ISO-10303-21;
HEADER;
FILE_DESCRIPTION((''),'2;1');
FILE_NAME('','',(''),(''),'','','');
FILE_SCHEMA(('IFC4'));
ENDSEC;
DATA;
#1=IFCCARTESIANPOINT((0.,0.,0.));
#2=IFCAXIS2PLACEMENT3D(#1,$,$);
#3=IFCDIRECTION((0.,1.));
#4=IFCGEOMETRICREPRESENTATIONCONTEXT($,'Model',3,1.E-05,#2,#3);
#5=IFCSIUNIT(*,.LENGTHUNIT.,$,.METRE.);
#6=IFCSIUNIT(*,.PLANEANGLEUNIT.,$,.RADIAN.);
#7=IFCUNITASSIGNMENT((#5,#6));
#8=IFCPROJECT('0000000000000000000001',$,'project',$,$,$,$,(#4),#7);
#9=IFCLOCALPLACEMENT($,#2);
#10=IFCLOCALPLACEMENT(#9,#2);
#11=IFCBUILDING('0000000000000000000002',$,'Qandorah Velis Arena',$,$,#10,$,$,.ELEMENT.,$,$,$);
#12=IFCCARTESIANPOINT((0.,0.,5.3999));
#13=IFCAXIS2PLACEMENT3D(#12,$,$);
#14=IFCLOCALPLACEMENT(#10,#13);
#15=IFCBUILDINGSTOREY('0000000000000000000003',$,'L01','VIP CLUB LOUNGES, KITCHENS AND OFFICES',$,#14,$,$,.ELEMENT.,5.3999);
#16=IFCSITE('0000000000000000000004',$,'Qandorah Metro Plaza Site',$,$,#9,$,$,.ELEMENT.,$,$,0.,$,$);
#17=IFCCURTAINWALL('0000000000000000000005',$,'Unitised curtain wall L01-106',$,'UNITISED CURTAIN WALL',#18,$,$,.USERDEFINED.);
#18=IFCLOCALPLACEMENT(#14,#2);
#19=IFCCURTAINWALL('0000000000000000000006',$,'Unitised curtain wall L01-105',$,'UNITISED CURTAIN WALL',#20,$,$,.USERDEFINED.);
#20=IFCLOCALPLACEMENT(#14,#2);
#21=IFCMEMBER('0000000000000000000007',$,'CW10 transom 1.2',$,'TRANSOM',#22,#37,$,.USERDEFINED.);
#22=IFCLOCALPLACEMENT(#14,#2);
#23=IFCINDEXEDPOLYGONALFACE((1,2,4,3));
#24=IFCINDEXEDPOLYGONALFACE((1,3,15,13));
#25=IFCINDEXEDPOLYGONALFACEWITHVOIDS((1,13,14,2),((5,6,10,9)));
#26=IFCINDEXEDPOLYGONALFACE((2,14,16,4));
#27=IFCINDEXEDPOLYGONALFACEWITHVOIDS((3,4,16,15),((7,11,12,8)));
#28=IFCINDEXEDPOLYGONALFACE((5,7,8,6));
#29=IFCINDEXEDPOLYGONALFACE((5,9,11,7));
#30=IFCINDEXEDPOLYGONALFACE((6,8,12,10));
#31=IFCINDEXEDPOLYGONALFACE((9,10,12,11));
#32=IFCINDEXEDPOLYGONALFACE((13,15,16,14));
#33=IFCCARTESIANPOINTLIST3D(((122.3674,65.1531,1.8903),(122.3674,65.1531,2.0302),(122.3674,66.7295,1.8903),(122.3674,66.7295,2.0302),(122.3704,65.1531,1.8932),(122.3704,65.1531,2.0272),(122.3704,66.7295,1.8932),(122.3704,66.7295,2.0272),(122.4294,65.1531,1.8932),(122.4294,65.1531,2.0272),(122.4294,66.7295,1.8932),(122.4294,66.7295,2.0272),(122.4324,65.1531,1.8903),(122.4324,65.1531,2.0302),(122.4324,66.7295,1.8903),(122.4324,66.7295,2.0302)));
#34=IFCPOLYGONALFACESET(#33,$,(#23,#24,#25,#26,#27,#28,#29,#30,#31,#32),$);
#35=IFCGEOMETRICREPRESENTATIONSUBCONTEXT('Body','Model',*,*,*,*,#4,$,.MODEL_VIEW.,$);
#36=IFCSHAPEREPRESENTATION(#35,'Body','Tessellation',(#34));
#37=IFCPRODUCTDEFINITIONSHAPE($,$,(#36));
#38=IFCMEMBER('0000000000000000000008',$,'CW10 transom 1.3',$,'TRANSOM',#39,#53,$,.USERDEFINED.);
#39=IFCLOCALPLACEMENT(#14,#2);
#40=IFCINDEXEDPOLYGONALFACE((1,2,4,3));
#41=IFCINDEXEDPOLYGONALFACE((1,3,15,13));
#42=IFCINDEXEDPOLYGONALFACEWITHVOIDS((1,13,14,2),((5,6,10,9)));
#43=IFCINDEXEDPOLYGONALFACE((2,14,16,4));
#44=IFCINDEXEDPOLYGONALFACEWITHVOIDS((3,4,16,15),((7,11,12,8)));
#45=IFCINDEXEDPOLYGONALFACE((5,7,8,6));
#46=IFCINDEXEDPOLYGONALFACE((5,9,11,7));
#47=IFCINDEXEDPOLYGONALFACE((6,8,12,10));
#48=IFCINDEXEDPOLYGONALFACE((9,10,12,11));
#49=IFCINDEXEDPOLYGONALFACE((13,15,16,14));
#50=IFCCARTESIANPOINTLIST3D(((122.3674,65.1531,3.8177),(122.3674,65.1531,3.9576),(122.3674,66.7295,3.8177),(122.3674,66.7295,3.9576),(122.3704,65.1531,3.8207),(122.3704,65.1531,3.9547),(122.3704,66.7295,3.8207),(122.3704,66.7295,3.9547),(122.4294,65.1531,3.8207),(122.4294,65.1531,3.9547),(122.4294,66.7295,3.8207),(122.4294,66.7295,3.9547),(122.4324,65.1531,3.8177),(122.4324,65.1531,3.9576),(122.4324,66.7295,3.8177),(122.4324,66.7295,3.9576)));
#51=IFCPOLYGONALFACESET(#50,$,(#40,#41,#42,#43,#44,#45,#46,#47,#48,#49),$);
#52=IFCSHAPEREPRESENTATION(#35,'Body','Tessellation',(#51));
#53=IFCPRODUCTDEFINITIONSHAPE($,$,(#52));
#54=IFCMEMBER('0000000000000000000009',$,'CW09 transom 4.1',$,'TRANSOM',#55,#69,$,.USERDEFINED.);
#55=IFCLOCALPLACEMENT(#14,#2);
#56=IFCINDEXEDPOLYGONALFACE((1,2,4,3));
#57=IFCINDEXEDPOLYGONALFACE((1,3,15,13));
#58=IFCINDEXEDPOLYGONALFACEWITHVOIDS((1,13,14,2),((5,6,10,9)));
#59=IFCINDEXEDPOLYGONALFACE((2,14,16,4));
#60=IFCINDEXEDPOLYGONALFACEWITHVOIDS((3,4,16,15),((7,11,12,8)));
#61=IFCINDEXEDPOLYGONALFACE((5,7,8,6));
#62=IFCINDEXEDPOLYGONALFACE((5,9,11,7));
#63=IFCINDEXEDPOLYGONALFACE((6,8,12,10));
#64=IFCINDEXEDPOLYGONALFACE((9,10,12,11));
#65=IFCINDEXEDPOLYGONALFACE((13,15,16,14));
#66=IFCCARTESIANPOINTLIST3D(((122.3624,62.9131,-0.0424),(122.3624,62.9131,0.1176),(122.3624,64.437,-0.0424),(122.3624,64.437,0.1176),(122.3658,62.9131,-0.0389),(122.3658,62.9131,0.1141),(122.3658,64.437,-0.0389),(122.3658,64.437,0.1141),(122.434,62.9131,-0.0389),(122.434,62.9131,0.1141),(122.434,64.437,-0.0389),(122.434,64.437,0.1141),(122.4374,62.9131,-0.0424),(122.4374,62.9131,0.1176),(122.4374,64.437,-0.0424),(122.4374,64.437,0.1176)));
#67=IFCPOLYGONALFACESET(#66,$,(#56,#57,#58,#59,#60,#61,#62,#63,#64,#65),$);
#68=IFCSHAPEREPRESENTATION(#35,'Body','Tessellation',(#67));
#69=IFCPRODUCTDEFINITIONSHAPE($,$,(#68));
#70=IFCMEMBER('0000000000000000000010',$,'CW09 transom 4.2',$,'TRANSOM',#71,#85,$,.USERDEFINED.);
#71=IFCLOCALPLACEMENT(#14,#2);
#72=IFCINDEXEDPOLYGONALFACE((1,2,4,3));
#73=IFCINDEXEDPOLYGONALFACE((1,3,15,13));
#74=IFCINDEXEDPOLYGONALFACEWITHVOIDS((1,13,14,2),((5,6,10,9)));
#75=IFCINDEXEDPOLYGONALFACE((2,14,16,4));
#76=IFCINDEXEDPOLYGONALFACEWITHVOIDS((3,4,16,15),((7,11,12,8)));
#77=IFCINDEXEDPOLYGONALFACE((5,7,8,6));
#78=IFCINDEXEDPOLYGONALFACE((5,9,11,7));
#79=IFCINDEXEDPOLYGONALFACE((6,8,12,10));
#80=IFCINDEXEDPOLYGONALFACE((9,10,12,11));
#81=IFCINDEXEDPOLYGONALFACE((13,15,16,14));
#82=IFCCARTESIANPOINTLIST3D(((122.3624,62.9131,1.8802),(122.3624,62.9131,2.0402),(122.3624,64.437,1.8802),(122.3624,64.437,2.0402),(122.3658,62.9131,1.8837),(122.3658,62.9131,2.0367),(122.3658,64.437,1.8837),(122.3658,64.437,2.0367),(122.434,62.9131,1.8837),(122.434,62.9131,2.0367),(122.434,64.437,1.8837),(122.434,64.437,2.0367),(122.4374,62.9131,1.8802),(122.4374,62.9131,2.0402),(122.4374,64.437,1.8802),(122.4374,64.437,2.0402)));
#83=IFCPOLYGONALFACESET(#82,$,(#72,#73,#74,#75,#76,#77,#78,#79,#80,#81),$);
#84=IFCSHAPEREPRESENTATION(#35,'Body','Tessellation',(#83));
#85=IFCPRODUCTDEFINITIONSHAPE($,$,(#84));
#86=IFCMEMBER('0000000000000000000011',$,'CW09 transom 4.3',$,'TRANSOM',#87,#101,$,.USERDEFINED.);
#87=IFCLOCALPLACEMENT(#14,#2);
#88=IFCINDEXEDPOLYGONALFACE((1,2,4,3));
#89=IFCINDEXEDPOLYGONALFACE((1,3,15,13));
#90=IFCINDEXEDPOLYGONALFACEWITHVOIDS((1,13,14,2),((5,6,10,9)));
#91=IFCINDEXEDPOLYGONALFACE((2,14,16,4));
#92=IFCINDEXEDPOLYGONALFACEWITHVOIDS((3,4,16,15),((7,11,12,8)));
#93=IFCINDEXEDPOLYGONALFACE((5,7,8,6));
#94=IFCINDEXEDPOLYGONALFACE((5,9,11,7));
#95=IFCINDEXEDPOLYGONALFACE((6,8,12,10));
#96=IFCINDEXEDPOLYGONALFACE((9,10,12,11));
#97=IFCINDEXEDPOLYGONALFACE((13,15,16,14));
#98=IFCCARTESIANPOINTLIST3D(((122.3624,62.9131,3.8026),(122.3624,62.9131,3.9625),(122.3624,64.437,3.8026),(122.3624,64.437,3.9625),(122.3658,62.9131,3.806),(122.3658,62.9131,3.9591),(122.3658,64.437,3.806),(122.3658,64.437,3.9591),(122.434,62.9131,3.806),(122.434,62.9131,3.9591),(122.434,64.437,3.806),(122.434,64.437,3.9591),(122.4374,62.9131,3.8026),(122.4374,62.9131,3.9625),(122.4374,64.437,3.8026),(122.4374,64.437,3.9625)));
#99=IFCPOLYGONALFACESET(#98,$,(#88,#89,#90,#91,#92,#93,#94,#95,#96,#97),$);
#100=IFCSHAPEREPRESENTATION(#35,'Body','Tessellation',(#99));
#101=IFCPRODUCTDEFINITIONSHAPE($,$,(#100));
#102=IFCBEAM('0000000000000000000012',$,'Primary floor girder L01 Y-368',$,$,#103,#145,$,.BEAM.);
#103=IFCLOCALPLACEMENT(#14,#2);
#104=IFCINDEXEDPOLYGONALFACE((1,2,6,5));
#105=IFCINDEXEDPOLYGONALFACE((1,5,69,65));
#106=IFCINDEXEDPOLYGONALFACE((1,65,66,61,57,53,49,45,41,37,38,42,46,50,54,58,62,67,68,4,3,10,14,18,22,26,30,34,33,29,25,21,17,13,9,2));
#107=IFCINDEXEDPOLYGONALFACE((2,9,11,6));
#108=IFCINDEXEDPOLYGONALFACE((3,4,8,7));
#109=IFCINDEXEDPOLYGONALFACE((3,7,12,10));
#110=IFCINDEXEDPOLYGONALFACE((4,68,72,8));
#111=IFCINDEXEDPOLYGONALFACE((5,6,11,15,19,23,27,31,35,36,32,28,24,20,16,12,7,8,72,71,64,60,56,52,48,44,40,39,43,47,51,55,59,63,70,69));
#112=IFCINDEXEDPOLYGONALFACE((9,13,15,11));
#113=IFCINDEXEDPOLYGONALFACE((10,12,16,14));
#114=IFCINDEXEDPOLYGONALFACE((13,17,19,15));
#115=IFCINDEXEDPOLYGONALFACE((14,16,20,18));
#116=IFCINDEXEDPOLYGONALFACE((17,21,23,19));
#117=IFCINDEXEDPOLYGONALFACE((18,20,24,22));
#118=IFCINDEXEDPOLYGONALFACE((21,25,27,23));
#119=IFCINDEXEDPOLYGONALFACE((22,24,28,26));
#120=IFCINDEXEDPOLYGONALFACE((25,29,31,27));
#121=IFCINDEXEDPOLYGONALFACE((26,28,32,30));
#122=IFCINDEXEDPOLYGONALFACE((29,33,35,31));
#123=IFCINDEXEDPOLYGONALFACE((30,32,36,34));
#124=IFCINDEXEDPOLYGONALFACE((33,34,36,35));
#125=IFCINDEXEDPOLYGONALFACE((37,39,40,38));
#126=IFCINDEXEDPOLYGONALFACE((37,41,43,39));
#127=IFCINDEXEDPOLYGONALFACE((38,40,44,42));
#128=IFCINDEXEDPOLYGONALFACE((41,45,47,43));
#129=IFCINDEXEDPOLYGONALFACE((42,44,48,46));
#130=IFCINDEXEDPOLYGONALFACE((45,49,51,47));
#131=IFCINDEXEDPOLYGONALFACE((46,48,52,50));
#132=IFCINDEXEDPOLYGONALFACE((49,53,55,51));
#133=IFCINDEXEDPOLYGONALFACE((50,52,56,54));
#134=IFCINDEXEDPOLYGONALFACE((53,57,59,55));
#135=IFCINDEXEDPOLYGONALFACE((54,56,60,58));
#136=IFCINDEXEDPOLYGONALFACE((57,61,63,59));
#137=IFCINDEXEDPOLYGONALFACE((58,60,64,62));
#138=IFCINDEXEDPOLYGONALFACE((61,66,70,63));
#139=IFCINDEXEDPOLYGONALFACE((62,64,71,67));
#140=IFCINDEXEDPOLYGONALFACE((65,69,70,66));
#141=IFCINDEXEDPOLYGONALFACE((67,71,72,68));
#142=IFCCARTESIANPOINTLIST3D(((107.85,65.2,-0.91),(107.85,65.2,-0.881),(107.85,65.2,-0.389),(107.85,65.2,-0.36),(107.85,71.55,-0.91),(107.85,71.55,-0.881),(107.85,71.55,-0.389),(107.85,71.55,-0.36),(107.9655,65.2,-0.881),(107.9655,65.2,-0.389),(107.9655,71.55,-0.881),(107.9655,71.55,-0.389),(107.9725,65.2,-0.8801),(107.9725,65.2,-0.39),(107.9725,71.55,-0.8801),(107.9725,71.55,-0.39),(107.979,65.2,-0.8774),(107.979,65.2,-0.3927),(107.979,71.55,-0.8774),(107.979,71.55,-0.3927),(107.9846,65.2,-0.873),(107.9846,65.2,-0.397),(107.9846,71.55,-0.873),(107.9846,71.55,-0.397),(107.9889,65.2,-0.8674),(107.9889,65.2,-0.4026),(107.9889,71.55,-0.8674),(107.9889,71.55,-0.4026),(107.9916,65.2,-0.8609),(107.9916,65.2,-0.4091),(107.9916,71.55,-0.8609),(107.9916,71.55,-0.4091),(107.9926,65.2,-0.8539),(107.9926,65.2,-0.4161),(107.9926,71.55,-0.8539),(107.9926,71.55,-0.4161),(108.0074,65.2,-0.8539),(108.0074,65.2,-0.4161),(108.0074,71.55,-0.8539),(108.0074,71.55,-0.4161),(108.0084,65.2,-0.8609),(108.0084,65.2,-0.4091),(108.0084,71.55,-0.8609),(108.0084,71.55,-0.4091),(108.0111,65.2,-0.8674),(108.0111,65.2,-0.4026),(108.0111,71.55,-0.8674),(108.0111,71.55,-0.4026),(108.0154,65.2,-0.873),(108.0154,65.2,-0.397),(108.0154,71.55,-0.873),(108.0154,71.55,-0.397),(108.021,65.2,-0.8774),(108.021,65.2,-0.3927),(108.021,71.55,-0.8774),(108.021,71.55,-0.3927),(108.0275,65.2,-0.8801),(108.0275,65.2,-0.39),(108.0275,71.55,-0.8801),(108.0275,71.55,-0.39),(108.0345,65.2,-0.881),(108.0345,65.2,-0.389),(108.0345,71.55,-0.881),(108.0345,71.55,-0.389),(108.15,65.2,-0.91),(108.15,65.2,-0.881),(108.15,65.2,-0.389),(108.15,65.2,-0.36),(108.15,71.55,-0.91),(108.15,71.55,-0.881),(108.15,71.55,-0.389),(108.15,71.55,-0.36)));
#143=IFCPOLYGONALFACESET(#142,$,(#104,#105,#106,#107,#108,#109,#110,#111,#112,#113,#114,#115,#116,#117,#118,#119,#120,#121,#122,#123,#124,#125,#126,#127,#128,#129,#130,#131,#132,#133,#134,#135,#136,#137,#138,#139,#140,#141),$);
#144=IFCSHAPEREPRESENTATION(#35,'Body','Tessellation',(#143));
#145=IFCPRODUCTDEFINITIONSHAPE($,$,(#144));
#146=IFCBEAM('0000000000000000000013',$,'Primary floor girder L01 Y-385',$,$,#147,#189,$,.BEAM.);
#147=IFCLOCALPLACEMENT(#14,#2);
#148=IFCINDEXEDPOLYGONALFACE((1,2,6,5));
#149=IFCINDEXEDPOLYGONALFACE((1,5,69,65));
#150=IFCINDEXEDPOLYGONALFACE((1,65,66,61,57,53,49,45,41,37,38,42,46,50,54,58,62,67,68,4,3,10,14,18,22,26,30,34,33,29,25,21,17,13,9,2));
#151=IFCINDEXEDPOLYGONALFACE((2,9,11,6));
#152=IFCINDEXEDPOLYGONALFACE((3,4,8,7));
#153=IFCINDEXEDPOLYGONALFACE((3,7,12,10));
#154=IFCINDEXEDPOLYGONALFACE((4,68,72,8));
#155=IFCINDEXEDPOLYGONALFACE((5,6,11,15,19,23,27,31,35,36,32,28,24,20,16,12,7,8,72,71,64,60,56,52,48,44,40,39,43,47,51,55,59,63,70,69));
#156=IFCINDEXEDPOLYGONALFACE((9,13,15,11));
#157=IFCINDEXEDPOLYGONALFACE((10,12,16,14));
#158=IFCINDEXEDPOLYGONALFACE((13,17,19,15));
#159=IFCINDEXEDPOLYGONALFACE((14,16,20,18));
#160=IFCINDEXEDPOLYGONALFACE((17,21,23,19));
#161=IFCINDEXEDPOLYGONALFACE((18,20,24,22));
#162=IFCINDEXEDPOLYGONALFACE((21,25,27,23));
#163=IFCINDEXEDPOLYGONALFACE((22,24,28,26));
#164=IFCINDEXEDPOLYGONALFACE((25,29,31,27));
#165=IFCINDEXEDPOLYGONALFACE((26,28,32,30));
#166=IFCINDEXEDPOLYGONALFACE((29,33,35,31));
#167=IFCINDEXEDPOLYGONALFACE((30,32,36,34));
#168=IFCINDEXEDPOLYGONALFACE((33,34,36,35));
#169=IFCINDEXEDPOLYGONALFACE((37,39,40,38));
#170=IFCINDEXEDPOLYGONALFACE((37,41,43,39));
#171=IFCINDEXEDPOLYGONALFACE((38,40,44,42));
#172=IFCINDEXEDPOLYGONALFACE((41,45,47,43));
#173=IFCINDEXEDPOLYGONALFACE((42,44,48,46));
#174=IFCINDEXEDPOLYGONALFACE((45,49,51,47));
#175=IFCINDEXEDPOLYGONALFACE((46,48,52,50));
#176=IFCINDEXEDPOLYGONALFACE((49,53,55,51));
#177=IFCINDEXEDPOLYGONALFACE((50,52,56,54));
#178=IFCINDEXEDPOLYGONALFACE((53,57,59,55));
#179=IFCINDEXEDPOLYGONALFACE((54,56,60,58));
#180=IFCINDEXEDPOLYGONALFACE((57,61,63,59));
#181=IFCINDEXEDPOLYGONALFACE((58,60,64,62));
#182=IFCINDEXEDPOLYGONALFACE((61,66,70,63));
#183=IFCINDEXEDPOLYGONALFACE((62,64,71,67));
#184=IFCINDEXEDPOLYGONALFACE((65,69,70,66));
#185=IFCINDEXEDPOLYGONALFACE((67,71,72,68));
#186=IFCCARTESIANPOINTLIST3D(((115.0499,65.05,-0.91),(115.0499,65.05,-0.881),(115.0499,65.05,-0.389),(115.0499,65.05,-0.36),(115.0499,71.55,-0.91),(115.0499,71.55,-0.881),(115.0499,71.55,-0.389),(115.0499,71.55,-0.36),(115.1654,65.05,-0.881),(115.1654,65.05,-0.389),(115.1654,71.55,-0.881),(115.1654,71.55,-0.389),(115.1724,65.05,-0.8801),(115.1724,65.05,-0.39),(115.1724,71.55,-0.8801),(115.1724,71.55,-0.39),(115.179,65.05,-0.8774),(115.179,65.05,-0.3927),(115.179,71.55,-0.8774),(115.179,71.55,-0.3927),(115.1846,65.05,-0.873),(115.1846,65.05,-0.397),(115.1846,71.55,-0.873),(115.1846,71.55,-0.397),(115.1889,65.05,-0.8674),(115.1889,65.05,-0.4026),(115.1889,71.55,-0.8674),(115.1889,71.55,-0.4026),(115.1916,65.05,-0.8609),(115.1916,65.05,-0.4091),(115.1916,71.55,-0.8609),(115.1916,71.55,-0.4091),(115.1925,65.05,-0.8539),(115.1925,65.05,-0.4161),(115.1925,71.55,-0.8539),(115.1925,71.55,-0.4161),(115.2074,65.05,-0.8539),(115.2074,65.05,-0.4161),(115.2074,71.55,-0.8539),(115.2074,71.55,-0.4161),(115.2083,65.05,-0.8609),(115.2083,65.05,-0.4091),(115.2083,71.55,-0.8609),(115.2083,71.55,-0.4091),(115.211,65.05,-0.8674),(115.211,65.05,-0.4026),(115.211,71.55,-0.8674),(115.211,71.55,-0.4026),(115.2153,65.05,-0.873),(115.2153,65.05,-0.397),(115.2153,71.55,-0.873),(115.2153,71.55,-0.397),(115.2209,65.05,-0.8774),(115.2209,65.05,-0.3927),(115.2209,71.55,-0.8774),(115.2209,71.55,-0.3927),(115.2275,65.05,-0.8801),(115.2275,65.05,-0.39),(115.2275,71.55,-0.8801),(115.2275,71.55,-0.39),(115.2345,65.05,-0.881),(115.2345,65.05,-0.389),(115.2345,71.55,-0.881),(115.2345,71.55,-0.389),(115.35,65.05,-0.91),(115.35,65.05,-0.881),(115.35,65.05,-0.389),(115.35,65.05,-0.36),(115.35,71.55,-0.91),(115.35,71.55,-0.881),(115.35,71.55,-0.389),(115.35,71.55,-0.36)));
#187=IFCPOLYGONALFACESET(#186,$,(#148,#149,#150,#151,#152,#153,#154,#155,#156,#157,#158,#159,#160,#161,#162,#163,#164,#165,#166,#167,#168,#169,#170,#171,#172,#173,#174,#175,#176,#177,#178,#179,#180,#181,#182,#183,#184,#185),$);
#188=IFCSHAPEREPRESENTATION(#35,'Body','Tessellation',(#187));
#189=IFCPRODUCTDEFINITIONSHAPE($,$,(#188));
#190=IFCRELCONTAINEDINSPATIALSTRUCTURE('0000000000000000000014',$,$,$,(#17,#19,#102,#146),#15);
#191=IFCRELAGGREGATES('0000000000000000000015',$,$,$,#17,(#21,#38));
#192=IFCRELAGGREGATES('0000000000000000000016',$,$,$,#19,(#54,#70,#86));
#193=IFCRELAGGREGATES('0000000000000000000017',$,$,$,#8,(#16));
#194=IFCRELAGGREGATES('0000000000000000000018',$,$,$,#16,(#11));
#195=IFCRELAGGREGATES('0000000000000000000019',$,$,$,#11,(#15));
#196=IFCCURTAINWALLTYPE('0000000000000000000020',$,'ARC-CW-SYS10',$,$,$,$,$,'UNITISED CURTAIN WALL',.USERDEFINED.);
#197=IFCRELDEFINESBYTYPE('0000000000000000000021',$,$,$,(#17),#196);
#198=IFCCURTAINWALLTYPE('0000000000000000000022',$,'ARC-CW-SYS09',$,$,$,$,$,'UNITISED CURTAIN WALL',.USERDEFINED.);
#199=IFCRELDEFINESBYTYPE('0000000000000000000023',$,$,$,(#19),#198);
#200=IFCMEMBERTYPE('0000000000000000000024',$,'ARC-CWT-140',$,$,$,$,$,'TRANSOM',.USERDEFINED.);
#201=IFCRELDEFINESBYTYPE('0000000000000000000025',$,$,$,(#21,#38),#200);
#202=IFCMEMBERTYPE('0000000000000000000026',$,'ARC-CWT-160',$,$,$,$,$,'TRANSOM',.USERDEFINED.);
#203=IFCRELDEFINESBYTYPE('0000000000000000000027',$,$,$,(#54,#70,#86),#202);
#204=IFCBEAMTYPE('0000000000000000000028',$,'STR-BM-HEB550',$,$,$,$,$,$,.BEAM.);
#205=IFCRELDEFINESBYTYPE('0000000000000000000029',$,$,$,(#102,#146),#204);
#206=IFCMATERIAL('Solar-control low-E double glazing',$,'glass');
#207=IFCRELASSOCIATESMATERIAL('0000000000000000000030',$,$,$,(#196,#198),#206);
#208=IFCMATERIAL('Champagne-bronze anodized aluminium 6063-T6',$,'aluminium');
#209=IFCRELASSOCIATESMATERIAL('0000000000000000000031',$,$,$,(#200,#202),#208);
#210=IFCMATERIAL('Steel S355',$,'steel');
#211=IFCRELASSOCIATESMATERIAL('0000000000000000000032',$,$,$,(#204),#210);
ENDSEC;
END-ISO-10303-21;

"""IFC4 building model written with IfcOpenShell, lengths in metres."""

from ifc_helpers import new_model, si_unit, direction, frame, origin, origin_2d, place, context, subcontext, project, spatial, hollow_rectangle, i_section, extrude, material, material_profile, profile_set, type_object, element, aggregate, save


model = new_model("IFC4")

# Units and contexts
model_context = context("Model", 3, precision=1e-05, world=origin(), true_north=direction((0.0, 1.0)))
body_context = subcontext(model_context, "Body", "Model", "MODEL_VIEW")
ifc_project = project(units=[si_unit("LENGTHUNIT", "METRE"), si_unit("PLANEANGLEUNIT", "RADIAN")], contexts=[model_context])

# Site, building, storey
site_placement = place(None, origin())
site = spatial("IfcSite", under=ifc_project, at=site_placement, Name="Qandorah Metro Plaza Site", CompositionType="ELEMENT", RefElevation=0.0)
building_placement = place(site_placement, origin())
building = spatial("IfcBuilding", under=site, at=building_placement, Name="Qandorah Velis Arena", CompositionType="ELEMENT")
storey_placement = place(building_placement, frame((0.0, 0.0, 5.3999)))
storey = spatial("IfcBuildingStorey", under=building, at=storey_placement, Name="L01", Description="VIP CLUB LOUNGES, KITCHENS AND OFFICES", CompositionType="ELEMENT", Elevation=5.3999)

# Curtain wall
ifc_material_1 = material(Name="Solar-control low-E double glazing", Category="glass")
curtain_wall_type_1 = type_object("IfcCurtainWallType", Name="ARC-CW-SYS10", ElementType="UNITISED CURTAIN WALL", PredefinedType="USERDEFINED", material=ifc_material_1)
curtain_wall_1_placement = place(storey_placement, origin())
curtain_wall_1 = element("IfcCurtainWall", 1, at=curtain_wall_1_placement, inside=storey, type_object=curtain_wall_type_1, Name="Unitised curtain wall L01-106", ObjectType="UNITISED CURTAIN WALL", PredefinedType="USERDEFINED")
ifc_material_2 = material(Name="Champagne-bronze anodized aluminium 6063-T6", Category="aluminium")

# Curtain wall
curtain_wall_type_2 = type_object("IfcCurtainWallType", Name="ARC-CW-SYS09", ElementType="UNITISED CURTAIN WALL", PredefinedType="USERDEFINED", material=ifc_material_1)
curtain_wall_2_placement = place(storey_placement, origin())
curtain_wall_2 = element("IfcCurtainWall", 2, at=curtain_wall_2_placement, inside=storey, type_object=curtain_wall_type_2, Name="Unitised curtain wall L01-105", ObjectType="UNITISED CURTAIN WALL", PredefinedType="USERDEFINED")

# Members
ifc_material_profile_1 = material_profile(ifc_material_2, hollow_rectangle(XDim=0.0649, YDim=0.1399, WallThickness=0.0029, at=origin_2d()), Name="ALU TRANSOM 65x140")
ifc_profile_set_1 = profile_set([ifc_material_profile_1], Name="Champagne-bronze anodized aluminium 6063-T6")
member_type_1 = type_object("IfcMemberType", Name="ARC-CWT-140", ElementType="TRANSOM", PredefinedType="USERDEFINED", material=ifc_profile_set_1)
member_1_placement = place(storey_placement, frame((122.3999, 65.1531, 1.9602), z_axis=(0.0, 1.0, 0.0), x_axis=(-1.0, 0.0, 0.0)))
member_1 = element("IfcMember", 3, at=member_1_placement, type_object=member_type_1, Name="CW10 transom 1.2", ObjectType="TRANSOM", PredefinedType="USERDEFINED", context=body_context, shape_type="SweptSolid", body=[
    extrude(hollow_rectangle(XDim=0.0649, YDim=0.1399, WallThickness=0.0029, at=origin_2d()), origin(), (0.0, 0.0, 1.0), 1.5764),
])
member_2_placement = place(storey_placement, frame((122.3999, 65.1531, 3.8877), z_axis=(0.0, 1.0, 0.0), x_axis=(-1.0, 0.0, 0.0)))
member_2 = element("IfcMember", 4, at=member_2_placement, type_object=member_type_1, Name="CW10 transom 1.3", ObjectType="TRANSOM", PredefinedType="USERDEFINED", context=body_context, shape_type="SweptSolid", body=[
    extrude(hollow_rectangle(XDim=0.0649, YDim=0.1399, WallThickness=0.0029, at=origin_2d()), origin(), (0.0, 0.0, 1.0), 1.5764),
])
aggregate(curtain_wall_1, [member_1, member_2])
ifc_material_profile_2 = material_profile(ifc_material_2, hollow_rectangle(XDim=0.075, YDim=0.1599, WallThickness=0.0034, at=origin_2d()), Name="ALU TRANSOM 75x160")
ifc_profile_set_2 = profile_set([ifc_material_profile_2], Name="Champagne-bronze anodized aluminium 6063-T6")
member_type_2 = type_object("IfcMemberType", Name="ARC-CWT-160", ElementType="TRANSOM", PredefinedType="USERDEFINED", material=ifc_profile_set_2)
member_3_placement = place(storey_placement, frame((122.3999, 62.9131, 0.0376), z_axis=(0.0, 1.0, 0.0), x_axis=(-1.0, 0.0, 0.0)))
member_3 = element("IfcMember", 5, at=member_3_placement, type_object=member_type_2, Name="CW09 transom 4.1", ObjectType="TRANSOM", PredefinedType="USERDEFINED", context=body_context, shape_type="SweptSolid", body=[
    extrude(hollow_rectangle(XDim=0.075, YDim=0.1599, WallThickness=0.0034, at=origin_2d()), origin(), (0.0, 0.0, 1.0), 1.5239),
])
member_4_placement = place(storey_placement, frame((122.3999, 62.9131, 1.9602), z_axis=(0.0, 1.0, 0.0), x_axis=(-1.0, 0.0, 0.0)))
member_4 = element("IfcMember", 6, at=member_4_placement, type_object=member_type_2, Name="CW09 transom 4.2", ObjectType="TRANSOM", PredefinedType="USERDEFINED", context=body_context, shape_type="SweptSolid", body=[
    extrude(hollow_rectangle(XDim=0.075, YDim=0.1599, WallThickness=0.0034, at=origin_2d()), origin(), (0.0, 0.0, 1.0), 1.5239),
])
member_5_placement = place(storey_placement, frame((122.3999, 62.9131, 3.8826), z_axis=(0.0, 1.0, 0.0), x_axis=(-1.0, 0.0, 0.0)))
member_5 = element("IfcMember", 7, at=member_5_placement, type_object=member_type_2, Name="CW09 transom 4.3", ObjectType="TRANSOM", PredefinedType="USERDEFINED", context=body_context, shape_type="SweptSolid", body=[
    extrude(hollow_rectangle(XDim=0.075, YDim=0.1599, WallThickness=0.0034, at=origin_2d()), origin(), (0.0, 0.0, 1.0), 1.5239),
])

# Beams
ifc_material_3 = material(Name="Steel S355", Category="steel")
ifc_material_profile_3 = material_profile(ifc_material_3, i_section(OverallWidth=0.3, OverallDepth=0.55, WebThickness=0.0149, FlangeThickness=0.0291, FilletRadius=0.0271, at=origin_2d()), Name="HEB 550")
ifc_profile_set_3 = profile_set([ifc_material_profile_3], Name="Steel S355")
beam_type_1 = type_object("IfcBeamType", Name="STR-BM-HEB550", PredefinedType="BEAM", material=ifc_profile_set_3)
beam_1_placement = place(storey_placement, frame((108.0, 65.2, -0.635), z_axis=(0.0, 1.0, 0.0), x_axis=(-1.0, 0.0, 0.0)))
element("IfcBeam", 8, at=beam_1_placement, inside=storey, type_object=beam_type_1, Name="Primary floor girder L01 Y-368", PredefinedType="BEAM", context=body_context, shape_type="SweptSolid", body=[
    extrude(i_section(OverallWidth=0.3, OverallDepth=0.55, WebThickness=0.0149, FlangeThickness=0.0291, FilletRadius=0.0271, at=origin_2d()), origin(), (0.0, 0.0, 1.0), 6.3501),
])
beam_2_placement = place(storey_placement, frame((115.2, 65.05, -0.635), z_axis=(0.0, 1.0, 0.0), x_axis=(-1.0, 0.0, 0.0)))
element("IfcBeam", 9, at=beam_2_placement, inside=storey, type_object=beam_type_1, Name="Primary floor girder L01 Y-385", PredefinedType="BEAM", context=body_context, shape_type="SweptSolid", body=[
    extrude(i_section(OverallWidth=0.3, OverallDepth=0.55, WebThickness=0.0149, FlangeThickness=0.0291, FilletRadius=0.0271, at=origin_2d()), origin(), (0.0, 0.0, 1.0), 6.5),
])

aggregate(curtain_wall_2, [member_3, member_4, member_5])

save(model, "model.ifc")
